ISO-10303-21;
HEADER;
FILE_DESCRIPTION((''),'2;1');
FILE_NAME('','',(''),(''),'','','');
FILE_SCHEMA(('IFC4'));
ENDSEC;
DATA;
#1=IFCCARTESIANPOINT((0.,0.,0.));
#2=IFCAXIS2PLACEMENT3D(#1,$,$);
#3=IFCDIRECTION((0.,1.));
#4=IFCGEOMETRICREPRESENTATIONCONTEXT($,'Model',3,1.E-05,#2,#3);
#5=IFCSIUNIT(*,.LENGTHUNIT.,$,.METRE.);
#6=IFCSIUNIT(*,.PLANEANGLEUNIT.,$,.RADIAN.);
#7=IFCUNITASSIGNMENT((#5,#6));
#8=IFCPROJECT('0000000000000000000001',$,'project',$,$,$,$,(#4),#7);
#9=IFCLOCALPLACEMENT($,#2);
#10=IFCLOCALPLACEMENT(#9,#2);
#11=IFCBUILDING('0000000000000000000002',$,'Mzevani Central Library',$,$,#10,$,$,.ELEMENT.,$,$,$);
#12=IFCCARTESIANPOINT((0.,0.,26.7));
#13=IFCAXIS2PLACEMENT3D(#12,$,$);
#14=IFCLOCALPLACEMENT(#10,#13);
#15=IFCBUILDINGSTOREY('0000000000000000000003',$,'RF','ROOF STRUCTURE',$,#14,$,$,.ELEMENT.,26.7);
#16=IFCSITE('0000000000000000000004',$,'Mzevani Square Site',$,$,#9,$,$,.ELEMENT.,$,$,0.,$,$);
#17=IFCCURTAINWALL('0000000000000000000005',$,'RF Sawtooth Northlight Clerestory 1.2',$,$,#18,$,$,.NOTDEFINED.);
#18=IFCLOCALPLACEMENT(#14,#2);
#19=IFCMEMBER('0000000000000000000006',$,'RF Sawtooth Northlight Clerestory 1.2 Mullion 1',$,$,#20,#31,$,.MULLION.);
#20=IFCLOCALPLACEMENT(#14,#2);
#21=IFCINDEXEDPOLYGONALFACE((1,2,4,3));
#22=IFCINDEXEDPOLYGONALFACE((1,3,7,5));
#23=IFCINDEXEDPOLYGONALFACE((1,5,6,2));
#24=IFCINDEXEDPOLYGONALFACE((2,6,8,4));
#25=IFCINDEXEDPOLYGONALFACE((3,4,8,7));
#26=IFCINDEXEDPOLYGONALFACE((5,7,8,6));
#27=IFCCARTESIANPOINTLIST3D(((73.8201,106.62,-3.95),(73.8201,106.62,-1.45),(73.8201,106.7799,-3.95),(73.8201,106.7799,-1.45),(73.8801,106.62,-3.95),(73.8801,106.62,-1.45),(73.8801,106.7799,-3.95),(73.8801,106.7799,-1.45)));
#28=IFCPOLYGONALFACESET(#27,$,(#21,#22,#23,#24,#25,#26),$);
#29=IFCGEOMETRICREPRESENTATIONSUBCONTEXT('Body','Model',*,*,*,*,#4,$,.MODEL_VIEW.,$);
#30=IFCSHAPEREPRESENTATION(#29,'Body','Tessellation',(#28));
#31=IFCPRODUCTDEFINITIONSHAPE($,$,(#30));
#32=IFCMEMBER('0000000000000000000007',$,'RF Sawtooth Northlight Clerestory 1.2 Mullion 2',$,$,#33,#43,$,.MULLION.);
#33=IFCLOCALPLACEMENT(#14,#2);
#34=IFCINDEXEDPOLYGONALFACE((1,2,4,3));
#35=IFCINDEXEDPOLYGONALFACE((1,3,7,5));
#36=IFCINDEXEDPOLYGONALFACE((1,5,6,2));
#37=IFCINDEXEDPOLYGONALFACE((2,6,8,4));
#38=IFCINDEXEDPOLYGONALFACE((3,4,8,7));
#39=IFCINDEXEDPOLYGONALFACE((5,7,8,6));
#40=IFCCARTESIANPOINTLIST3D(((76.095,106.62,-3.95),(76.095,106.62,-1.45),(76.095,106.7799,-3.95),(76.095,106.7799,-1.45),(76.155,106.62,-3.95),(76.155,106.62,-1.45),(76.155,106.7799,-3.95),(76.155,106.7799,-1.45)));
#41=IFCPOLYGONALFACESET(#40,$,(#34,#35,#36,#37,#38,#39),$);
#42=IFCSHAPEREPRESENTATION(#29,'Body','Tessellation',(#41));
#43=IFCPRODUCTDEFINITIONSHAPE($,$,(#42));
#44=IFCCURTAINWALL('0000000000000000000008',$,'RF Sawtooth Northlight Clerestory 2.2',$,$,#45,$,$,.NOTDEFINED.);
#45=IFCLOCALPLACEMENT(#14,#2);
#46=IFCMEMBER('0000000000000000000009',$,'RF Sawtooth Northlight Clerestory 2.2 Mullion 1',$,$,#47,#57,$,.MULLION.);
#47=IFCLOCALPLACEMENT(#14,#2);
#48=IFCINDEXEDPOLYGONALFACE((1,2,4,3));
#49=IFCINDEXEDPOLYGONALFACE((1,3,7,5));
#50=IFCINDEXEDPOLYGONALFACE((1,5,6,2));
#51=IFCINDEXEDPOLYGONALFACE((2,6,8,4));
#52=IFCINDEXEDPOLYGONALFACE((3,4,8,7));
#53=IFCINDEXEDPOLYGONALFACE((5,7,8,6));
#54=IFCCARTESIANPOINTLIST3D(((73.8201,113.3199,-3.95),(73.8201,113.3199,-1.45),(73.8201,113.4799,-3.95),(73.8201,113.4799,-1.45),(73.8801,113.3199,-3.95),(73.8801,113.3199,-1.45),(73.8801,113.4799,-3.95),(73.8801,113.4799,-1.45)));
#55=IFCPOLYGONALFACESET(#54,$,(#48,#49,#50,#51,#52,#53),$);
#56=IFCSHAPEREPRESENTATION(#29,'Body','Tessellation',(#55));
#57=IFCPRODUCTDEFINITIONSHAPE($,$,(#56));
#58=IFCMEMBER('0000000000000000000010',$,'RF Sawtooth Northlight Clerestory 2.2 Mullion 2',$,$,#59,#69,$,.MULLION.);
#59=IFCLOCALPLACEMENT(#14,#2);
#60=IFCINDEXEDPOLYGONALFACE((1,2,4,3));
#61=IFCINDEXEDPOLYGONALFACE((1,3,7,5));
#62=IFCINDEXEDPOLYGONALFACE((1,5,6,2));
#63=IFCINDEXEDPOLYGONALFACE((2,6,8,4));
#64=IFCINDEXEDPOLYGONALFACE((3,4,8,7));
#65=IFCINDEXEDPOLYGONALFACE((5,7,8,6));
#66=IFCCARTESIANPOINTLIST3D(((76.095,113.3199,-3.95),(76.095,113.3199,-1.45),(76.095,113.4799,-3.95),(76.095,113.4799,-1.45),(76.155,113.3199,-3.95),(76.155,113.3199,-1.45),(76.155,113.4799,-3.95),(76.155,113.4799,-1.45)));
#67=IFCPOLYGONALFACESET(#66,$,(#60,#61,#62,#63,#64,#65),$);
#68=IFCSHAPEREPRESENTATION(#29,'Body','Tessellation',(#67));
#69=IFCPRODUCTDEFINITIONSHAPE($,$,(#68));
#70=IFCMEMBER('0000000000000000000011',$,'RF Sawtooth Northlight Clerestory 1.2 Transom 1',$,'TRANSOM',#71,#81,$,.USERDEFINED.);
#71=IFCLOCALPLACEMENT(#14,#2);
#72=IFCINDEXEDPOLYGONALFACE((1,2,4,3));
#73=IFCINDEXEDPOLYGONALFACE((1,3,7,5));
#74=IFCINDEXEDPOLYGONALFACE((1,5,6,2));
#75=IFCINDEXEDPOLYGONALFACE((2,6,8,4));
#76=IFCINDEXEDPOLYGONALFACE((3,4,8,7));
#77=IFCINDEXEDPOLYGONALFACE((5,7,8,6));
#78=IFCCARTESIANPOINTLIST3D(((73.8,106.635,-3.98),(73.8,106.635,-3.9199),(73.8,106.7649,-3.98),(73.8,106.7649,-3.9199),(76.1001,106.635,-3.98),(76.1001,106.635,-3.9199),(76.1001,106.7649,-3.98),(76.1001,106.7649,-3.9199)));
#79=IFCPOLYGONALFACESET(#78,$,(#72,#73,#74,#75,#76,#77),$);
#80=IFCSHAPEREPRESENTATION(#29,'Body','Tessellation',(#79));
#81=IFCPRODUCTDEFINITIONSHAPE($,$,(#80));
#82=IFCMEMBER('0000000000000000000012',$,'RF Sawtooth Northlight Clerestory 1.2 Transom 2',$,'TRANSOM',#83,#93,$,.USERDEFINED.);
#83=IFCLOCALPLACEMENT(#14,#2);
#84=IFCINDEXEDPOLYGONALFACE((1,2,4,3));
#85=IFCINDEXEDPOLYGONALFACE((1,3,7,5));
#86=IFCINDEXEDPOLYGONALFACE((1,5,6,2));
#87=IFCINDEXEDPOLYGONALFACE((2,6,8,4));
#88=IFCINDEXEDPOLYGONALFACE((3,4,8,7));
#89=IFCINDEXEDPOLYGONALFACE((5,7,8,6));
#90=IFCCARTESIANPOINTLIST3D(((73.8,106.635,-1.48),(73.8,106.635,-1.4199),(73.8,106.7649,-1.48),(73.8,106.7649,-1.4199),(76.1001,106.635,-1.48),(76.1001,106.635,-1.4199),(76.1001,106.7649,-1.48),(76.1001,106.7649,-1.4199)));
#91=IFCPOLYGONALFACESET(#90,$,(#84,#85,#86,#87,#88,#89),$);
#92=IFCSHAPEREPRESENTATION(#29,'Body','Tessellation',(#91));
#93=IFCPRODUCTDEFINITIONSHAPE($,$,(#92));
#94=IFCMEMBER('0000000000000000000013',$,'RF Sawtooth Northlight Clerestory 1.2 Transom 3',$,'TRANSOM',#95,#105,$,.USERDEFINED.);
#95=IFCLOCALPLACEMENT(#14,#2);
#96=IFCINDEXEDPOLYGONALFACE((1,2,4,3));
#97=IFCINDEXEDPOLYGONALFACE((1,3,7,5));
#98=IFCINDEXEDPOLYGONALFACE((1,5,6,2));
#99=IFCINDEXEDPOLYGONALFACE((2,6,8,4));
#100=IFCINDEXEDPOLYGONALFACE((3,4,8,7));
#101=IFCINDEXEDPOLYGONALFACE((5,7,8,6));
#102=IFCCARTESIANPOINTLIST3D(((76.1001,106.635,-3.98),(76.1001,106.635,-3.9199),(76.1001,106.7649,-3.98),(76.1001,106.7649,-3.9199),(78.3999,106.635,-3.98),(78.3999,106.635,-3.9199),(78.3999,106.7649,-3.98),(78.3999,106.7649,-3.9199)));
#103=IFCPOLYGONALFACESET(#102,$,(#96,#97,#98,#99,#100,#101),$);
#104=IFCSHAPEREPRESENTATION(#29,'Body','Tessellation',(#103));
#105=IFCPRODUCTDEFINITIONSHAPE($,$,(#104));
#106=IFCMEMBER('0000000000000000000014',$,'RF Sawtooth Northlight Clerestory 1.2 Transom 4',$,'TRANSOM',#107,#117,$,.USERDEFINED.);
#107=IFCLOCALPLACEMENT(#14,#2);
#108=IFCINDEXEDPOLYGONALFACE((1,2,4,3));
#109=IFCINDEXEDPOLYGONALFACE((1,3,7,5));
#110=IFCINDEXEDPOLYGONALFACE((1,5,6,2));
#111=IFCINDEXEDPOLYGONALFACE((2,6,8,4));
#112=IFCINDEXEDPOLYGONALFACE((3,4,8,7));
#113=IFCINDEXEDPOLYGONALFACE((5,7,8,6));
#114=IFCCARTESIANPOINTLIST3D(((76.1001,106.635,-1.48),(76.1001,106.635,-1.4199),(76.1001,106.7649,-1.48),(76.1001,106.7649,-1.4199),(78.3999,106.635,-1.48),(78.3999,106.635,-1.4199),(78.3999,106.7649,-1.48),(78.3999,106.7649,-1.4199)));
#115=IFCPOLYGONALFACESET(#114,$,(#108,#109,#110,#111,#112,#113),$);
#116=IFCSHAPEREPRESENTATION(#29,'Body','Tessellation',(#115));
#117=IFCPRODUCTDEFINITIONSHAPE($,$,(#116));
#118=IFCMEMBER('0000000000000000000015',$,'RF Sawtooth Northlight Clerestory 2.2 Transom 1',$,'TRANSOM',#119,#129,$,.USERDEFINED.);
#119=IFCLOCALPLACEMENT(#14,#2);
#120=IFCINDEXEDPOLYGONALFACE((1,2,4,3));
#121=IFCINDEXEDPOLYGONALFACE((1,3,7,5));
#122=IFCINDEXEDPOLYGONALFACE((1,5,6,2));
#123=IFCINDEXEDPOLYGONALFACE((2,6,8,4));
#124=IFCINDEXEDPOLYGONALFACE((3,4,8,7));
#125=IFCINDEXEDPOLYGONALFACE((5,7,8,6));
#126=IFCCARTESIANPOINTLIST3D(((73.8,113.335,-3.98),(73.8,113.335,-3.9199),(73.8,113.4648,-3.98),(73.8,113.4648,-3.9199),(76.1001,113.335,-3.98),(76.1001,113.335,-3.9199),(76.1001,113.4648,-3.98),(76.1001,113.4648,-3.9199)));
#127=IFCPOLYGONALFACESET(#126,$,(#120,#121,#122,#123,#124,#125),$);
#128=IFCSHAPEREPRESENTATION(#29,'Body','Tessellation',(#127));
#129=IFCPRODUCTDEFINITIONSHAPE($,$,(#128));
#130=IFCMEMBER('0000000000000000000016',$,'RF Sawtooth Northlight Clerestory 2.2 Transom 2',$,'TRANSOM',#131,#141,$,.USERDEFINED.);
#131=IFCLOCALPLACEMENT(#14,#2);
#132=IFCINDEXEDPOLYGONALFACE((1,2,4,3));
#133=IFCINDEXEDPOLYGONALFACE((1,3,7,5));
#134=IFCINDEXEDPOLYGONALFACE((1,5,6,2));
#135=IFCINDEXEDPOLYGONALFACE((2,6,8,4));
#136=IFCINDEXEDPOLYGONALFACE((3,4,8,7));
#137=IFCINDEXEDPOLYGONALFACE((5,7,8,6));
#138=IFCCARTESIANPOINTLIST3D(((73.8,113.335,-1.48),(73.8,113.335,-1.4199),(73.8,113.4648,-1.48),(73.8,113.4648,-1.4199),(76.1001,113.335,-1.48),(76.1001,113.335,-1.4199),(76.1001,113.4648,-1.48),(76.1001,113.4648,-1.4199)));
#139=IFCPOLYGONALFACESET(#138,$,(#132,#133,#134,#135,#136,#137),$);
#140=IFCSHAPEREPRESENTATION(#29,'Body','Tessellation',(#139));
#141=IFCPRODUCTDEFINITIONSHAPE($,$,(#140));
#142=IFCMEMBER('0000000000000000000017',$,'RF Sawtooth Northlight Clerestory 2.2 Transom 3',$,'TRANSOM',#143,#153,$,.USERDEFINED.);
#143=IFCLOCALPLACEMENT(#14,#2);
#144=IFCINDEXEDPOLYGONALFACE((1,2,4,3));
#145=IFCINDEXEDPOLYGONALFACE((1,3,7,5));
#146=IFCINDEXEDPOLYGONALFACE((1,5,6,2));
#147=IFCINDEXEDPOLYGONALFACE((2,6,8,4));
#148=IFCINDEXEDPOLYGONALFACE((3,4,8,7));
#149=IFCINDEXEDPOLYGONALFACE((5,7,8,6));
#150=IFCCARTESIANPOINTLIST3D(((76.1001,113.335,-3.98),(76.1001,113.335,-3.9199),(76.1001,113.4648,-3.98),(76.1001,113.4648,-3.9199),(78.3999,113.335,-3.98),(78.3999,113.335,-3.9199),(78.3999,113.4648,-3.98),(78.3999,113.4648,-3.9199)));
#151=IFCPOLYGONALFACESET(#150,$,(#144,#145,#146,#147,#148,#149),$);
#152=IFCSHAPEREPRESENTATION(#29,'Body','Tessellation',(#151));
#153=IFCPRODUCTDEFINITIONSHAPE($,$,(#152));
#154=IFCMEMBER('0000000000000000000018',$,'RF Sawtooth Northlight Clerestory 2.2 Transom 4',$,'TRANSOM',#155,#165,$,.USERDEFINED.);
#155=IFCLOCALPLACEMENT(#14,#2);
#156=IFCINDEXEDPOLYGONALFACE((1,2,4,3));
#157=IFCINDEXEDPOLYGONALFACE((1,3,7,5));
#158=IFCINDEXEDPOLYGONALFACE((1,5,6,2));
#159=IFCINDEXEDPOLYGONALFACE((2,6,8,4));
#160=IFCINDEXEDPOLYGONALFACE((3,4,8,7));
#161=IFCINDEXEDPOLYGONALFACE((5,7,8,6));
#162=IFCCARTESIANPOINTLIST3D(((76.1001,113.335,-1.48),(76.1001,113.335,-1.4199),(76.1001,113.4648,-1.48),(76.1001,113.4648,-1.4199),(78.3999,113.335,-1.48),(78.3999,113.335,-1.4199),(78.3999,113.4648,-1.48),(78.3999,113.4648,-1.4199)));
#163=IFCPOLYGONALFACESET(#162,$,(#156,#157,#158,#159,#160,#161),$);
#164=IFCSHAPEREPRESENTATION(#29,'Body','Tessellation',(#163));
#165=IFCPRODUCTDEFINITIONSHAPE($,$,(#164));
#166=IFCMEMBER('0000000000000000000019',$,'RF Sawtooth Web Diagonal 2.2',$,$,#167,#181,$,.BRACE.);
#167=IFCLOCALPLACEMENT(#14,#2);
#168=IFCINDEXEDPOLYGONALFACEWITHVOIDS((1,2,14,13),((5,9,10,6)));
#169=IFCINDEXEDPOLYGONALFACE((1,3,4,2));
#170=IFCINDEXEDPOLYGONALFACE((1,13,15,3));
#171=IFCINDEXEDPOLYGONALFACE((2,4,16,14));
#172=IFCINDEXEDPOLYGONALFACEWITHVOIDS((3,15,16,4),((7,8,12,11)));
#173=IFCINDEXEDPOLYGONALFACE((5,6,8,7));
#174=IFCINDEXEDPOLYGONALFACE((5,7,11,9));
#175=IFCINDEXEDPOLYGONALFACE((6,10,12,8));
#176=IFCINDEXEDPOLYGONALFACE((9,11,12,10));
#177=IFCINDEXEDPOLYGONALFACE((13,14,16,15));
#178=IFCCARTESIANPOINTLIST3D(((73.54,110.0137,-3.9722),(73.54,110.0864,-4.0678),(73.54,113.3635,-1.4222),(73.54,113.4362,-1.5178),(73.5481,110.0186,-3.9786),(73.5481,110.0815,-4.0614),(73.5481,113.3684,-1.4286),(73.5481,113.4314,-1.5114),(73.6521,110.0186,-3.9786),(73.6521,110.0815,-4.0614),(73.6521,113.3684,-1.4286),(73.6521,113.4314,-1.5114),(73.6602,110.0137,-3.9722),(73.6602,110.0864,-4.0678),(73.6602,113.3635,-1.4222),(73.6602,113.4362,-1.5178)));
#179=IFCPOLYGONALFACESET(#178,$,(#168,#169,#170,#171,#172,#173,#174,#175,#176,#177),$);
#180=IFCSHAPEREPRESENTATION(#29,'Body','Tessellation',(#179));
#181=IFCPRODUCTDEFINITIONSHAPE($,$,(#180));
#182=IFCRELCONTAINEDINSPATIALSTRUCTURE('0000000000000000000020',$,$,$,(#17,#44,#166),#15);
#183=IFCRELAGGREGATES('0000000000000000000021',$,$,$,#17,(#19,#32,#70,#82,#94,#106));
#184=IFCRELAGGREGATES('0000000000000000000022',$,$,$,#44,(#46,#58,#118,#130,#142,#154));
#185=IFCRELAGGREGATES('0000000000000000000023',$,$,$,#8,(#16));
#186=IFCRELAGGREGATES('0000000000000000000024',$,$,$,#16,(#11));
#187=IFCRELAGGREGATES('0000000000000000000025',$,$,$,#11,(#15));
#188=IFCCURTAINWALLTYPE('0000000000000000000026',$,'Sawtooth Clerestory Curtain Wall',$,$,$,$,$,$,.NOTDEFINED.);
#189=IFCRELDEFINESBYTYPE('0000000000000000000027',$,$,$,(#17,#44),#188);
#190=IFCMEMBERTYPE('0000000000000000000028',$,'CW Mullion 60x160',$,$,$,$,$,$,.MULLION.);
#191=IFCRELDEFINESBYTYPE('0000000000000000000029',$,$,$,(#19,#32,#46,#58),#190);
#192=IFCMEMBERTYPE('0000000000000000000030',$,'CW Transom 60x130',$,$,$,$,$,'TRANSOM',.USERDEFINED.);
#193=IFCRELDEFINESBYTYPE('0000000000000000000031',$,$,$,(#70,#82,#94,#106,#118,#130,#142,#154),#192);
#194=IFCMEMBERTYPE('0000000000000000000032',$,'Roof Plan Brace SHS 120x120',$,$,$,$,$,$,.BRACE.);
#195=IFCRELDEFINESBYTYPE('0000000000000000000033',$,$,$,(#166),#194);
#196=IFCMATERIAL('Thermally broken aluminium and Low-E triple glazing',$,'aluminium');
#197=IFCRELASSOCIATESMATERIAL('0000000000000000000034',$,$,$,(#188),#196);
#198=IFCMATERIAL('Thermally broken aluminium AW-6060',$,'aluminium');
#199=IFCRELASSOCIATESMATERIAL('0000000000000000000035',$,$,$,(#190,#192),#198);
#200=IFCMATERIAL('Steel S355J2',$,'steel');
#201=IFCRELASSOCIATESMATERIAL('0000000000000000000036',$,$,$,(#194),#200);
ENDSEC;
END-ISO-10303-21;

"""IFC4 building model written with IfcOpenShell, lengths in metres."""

from ifc_helpers import new_model, si_unit, direction, frame, origin, origin_2d, place, context, subcontext, project, spatial, rectangle, hollow_rectangle, extrude, material, material_profile, profile_set, type_object, element, aggregate, save


model = new_model("IFC4")

# Units and contexts
model_context = context("Model", 3, precision=1e-05, world=origin(), true_north=direction((0.0, 1.0)))
body_context = subcontext(model_context, "Body", "Model", "MODEL_VIEW")
ifc_project = project(units=[si_unit("LENGTHUNIT", "METRE"), si_unit("PLANEANGLEUNIT", "RADIAN")], contexts=[model_context])

# Site, building, storey
site_placement = place(None, origin())
site = spatial("IfcSite", under=ifc_project, at=site_placement, Name="Mzevani Square Site", CompositionType="ELEMENT", RefElevation=0.0)
building_placement = place(site_placement, origin())
building = spatial("IfcBuilding", under=site, at=building_placement, Name="Mzevani Central Library", CompositionType="ELEMENT")
storey_placement = place(building_placement, frame((0.0, 0.0, 26.7)))
storey = spatial("IfcBuildingStorey", under=building, at=storey_placement, Name="RF", Description="ROOF STRUCTURE", CompositionType="ELEMENT", Elevation=26.7)

# Curtain walls, members
ifc_material_1 = material(Name="Thermally broken aluminium and Low-E triple glazing", Category="aluminium")
curtain_wall_type = type_object("IfcCurtainWallType", Name="Sawtooth Clerestory Curtain Wall", PredefinedType="NOTDEFINED", material=ifc_material_1)
curtain_wall_1_placement = place(storey_placement, origin())
curtain_wall_1 = element("IfcCurtainWall", 1, at=curtain_wall_1_placement, inside=storey, type_object=curtain_wall_type, Name="RF Sawtooth Northlight Clerestory 1.2", PredefinedType="NOTDEFINED")
ifc_material_2 = material(Name="Thermally broken aluminium AW-6060", Category="aluminium")
ifc_material_profile_1 = material_profile(ifc_material_2, rectangle(XDim=0.0601, YDim=0.1599, at=origin_2d()), Name="ALU M60x160")
ifc_profile_set_1 = profile_set([ifc_material_profile_1], Name="Thermally broken aluminium AW-6060")
member_type_1 = type_object("IfcMemberType", Name="CW Mullion 60x160", PredefinedType="MULLION", material=ifc_profile_set_1)
member_1_placement = place(storey_placement, frame((73.8501, 106.7, -3.95), z_axis=(0.0, 0.0, 1.0), x_axis=(1.0, 0.0, 0.0)))
member_1 = element("IfcMember", 2, at=member_1_placement, type_object=member_type_1, Name="RF Sawtooth Northlight Clerestory 1.2 Mullion 1", PredefinedType="MULLION", context=body_context, shape_type="SweptSolid", body=[
    extrude(rectangle(XDim=0.0601, YDim=0.1599, at=origin_2d()), origin(), (0.0, 0.0, 1.0), 2.5),
])
member_2_placement = place(storey_placement, frame((76.125, 106.7, -3.95), z_axis=(0.0, 0.0, 1.0), x_axis=(1.0, 0.0, 0.0)))
member_2 = element("IfcMember", 3, at=member_2_placement, type_object=member_type_1, Name="RF Sawtooth Northlight Clerestory 1.2 Mullion 2", PredefinedType="MULLION", context=body_context, shape_type="SweptSolid", body=[
    extrude(rectangle(XDim=0.0601, YDim=0.1599, at=origin_2d()), origin(), (0.0, 0.0, 1.0), 2.5),
])
curtain_wall_2_placement = place(storey_placement, origin())
curtain_wall_2 = element("IfcCurtainWall", 4, at=curtain_wall_2_placement, inside=storey, type_object=curtain_wall_type, Name="RF Sawtooth Northlight Clerestory 2.2", PredefinedType="NOTDEFINED")
member_3_placement = place(storey_placement, frame((73.8501, 113.3999, -3.95), z_axis=(0.0, 0.0, 1.0), x_axis=(1.0, 0.0, 0.0)))
member_3 = element("IfcMember", 5, at=member_3_placement, type_object=member_type_1, Name="RF Sawtooth Northlight Clerestory 2.2 Mullion 1", PredefinedType="MULLION", context=body_context, shape_type="SweptSolid", body=[
    extrude(rectangle(XDim=0.0601, YDim=0.1599, at=origin_2d()), origin(), (0.0, 0.0, 1.0), 2.5),
])
member_4_placement = place(storey_placement, frame((76.125, 113.3999, -3.95), z_axis=(0.0, 0.0, 1.0), x_axis=(1.0, 0.0, 0.0)))
member_4 = element("IfcMember", 6, at=member_4_placement, type_object=member_type_1, Name="RF Sawtooth Northlight Clerestory 2.2 Mullion 2", PredefinedType="MULLION", context=body_context, shape_type="SweptSolid", body=[
    extrude(rectangle(XDim=0.0601, YDim=0.1599, at=origin_2d()), origin(), (0.0, 0.0, 1.0), 2.5),
])

# Members
ifc_material_profile_2 = material_profile(ifc_material_2, rectangle(XDim=0.1299, YDim=0.0601, at=origin_2d()), Name="ALU T60x130")
ifc_profile_set_2 = profile_set([ifc_material_profile_2], Name="Thermally broken aluminium AW-6060")
member_type_2 = type_object("IfcMemberType", Name="CW Transom 60x130", ElementType="TRANSOM", PredefinedType="USERDEFINED", material=ifc_profile_set_2)
member_5_placement = place(storey_placement, frame((73.8, 106.7, -3.95), z_axis=(1.0, 0.0, 0.0), x_axis=(0.0, 1.0, 0.0)))
member_5 = element("IfcMember", 7, at=member_5_placement, type_object=member_type_2, Name="RF Sawtooth Northlight Clerestory 1.2 Transom 1", ObjectType="TRANSOM", PredefinedType="USERDEFINED", context=body_context, shape_type="SweptSolid", body=[
    extrude(rectangle(XDim=0.1299, YDim=0.0601, at=origin_2d()), origin(), (0.0, 0.0, 1.0), 2.3),
])
member_6_placement = place(storey_placement, frame((73.8, 106.7, -1.45), z_axis=(1.0, 0.0, 0.0), x_axis=(0.0, 1.0, 0.0)))
member_6 = element("IfcMember", 8, at=member_6_placement, type_object=member_type_2, Name="RF Sawtooth Northlight Clerestory 1.2 Transom 2", ObjectType="TRANSOM", PredefinedType="USERDEFINED", context=body_context, shape_type="SweptSolid", body=[
    extrude(rectangle(XDim=0.1299, YDim=0.0601, at=origin_2d()), origin(), (0.0, 0.0, 1.0), 2.3),
])
member_7_placement = place(storey_placement, frame((76.1001, 106.7, -3.95), z_axis=(1.0, 0.0, 0.0), x_axis=(0.0, 1.0, 0.0)))
member_7 = element("IfcMember", 9, at=member_7_placement, type_object=member_type_2, Name="RF Sawtooth Northlight Clerestory 1.2 Transom 3", ObjectType="TRANSOM", PredefinedType="USERDEFINED", context=body_context, shape_type="SweptSolid", body=[
    extrude(rectangle(XDim=0.1299, YDim=0.0601, at=origin_2d()), origin(), (0.0, 0.0, 1.0), 2.2998),
])
member_8_placement = place(storey_placement, frame((76.1001, 106.7, -1.45), z_axis=(1.0, 0.0, 0.0), x_axis=(0.0, 1.0, 0.0)))
member_8 = element("IfcMember", 10, at=member_8_placement, type_object=member_type_2, Name="RF Sawtooth Northlight Clerestory 1.2 Transom 4", ObjectType="TRANSOM", PredefinedType="USERDEFINED", context=body_context, shape_type="SweptSolid", body=[
    extrude(rectangle(XDim=0.1299, YDim=0.0601, at=origin_2d()), origin(), (0.0, 0.0, 1.0), 2.2998),
])
member_9_placement = place(storey_placement, frame((73.8, 113.3999, -3.95), z_axis=(1.0, 0.0, 0.0), x_axis=(0.0, 1.0, 0.0)))
member_9 = element("IfcMember", 11, at=member_9_placement, type_object=member_type_2, Name="RF Sawtooth Northlight Clerestory 2.2 Transom 1", ObjectType="TRANSOM", PredefinedType="USERDEFINED", context=body_context, shape_type="SweptSolid", body=[
    extrude(rectangle(XDim=0.1299, YDim=0.0601, at=origin_2d()), origin(), (0.0, 0.0, 1.0), 2.3),
])
member_10_placement = place(storey_placement, frame((73.8, 113.3999, -1.45), z_axis=(1.0, 0.0, 0.0), x_axis=(0.0, 1.0, 0.0)))
member_10 = element("IfcMember", 12, at=member_10_placement, type_object=member_type_2, Name="RF Sawtooth Northlight Clerestory 2.2 Transom 2", ObjectType="TRANSOM", PredefinedType="USERDEFINED", context=body_context, shape_type="SweptSolid", body=[
    extrude(rectangle(XDim=0.1299, YDim=0.0601, at=origin_2d()), origin(), (0.0, 0.0, 1.0), 2.3),
])
member_11_placement = place(storey_placement, frame((76.1001, 113.3999, -3.95), z_axis=(1.0, 0.0, 0.0), x_axis=(0.0, 1.0, 0.0)))
member_11 = element("IfcMember", 13, at=member_11_placement, type_object=member_type_2, Name="RF Sawtooth Northlight Clerestory 2.2 Transom 3", ObjectType="TRANSOM", PredefinedType="USERDEFINED", context=body_context, shape_type="SweptSolid", body=[
    extrude(rectangle(XDim=0.1299, YDim=0.0601, at=origin_2d()), origin(), (0.0, 0.0, 1.0), 2.2998),
])
member_12_placement = place(storey_placement, frame((76.1001, 113.3999, -1.45), z_axis=(1.0, 0.0, 0.0), x_axis=(0.0, 1.0, 0.0)))
member_12 = element("IfcMember", 14, at=member_12_placement, type_object=member_type_2, Name="RF Sawtooth Northlight Clerestory 2.2 Transom 4", ObjectType="TRANSOM", PredefinedType="USERDEFINED", context=body_context, shape_type="SweptSolid", body=[
    extrude(rectangle(XDim=0.1299, YDim=0.0601, at=origin_2d()), origin(), (0.0, 0.0, 1.0), 2.2998),
])
ifc_material_3 = material(Name="Steel S355J2", Category="steel")
ifc_material_profile_3 = material_profile(ifc_material_3, hollow_rectangle(XDim=0.1201, YDim=0.1201, WallThickness=0.0081, at=origin_2d()), Name="SHS 120x120x8.0")
ifc_profile_set_3 = profile_set([ifc_material_profile_3], Name="Steel S355J2")
member_type_3 = type_object("IfcMemberType", Name="Roof Plan Brace SHS 120x120", PredefinedType="BRACE", material=ifc_profile_set_3)
member_13_placement = place(storey_placement, frame((73.6001, 110.05, -4.02), z_axis=(0.0, 0.795686, 0.605709), x_axis=(-1.0, 0.0, 0.0)))
element("IfcMember", 15, at=member_13_placement, inside=storey, type_object=member_type_3, Name="RF Sawtooth Web Diagonal 2.2", PredefinedType="BRACE", context=body_context, shape_type="SweptSolid", body=[
    extrude(hollow_rectangle(XDim=0.1201, YDim=0.1201, WallThickness=0.0081, at=origin_2d()), origin(), (0.0, 0.0, 1.0), 4.21),
])

aggregate(curtain_wall_1, [member_1, member_2, member_5, member_6, member_7, member_8])
aggregate(curtain_wall_2, [member_3, member_4, member_9, member_10, member_11, member_12])

save(model, "model.ifc")
